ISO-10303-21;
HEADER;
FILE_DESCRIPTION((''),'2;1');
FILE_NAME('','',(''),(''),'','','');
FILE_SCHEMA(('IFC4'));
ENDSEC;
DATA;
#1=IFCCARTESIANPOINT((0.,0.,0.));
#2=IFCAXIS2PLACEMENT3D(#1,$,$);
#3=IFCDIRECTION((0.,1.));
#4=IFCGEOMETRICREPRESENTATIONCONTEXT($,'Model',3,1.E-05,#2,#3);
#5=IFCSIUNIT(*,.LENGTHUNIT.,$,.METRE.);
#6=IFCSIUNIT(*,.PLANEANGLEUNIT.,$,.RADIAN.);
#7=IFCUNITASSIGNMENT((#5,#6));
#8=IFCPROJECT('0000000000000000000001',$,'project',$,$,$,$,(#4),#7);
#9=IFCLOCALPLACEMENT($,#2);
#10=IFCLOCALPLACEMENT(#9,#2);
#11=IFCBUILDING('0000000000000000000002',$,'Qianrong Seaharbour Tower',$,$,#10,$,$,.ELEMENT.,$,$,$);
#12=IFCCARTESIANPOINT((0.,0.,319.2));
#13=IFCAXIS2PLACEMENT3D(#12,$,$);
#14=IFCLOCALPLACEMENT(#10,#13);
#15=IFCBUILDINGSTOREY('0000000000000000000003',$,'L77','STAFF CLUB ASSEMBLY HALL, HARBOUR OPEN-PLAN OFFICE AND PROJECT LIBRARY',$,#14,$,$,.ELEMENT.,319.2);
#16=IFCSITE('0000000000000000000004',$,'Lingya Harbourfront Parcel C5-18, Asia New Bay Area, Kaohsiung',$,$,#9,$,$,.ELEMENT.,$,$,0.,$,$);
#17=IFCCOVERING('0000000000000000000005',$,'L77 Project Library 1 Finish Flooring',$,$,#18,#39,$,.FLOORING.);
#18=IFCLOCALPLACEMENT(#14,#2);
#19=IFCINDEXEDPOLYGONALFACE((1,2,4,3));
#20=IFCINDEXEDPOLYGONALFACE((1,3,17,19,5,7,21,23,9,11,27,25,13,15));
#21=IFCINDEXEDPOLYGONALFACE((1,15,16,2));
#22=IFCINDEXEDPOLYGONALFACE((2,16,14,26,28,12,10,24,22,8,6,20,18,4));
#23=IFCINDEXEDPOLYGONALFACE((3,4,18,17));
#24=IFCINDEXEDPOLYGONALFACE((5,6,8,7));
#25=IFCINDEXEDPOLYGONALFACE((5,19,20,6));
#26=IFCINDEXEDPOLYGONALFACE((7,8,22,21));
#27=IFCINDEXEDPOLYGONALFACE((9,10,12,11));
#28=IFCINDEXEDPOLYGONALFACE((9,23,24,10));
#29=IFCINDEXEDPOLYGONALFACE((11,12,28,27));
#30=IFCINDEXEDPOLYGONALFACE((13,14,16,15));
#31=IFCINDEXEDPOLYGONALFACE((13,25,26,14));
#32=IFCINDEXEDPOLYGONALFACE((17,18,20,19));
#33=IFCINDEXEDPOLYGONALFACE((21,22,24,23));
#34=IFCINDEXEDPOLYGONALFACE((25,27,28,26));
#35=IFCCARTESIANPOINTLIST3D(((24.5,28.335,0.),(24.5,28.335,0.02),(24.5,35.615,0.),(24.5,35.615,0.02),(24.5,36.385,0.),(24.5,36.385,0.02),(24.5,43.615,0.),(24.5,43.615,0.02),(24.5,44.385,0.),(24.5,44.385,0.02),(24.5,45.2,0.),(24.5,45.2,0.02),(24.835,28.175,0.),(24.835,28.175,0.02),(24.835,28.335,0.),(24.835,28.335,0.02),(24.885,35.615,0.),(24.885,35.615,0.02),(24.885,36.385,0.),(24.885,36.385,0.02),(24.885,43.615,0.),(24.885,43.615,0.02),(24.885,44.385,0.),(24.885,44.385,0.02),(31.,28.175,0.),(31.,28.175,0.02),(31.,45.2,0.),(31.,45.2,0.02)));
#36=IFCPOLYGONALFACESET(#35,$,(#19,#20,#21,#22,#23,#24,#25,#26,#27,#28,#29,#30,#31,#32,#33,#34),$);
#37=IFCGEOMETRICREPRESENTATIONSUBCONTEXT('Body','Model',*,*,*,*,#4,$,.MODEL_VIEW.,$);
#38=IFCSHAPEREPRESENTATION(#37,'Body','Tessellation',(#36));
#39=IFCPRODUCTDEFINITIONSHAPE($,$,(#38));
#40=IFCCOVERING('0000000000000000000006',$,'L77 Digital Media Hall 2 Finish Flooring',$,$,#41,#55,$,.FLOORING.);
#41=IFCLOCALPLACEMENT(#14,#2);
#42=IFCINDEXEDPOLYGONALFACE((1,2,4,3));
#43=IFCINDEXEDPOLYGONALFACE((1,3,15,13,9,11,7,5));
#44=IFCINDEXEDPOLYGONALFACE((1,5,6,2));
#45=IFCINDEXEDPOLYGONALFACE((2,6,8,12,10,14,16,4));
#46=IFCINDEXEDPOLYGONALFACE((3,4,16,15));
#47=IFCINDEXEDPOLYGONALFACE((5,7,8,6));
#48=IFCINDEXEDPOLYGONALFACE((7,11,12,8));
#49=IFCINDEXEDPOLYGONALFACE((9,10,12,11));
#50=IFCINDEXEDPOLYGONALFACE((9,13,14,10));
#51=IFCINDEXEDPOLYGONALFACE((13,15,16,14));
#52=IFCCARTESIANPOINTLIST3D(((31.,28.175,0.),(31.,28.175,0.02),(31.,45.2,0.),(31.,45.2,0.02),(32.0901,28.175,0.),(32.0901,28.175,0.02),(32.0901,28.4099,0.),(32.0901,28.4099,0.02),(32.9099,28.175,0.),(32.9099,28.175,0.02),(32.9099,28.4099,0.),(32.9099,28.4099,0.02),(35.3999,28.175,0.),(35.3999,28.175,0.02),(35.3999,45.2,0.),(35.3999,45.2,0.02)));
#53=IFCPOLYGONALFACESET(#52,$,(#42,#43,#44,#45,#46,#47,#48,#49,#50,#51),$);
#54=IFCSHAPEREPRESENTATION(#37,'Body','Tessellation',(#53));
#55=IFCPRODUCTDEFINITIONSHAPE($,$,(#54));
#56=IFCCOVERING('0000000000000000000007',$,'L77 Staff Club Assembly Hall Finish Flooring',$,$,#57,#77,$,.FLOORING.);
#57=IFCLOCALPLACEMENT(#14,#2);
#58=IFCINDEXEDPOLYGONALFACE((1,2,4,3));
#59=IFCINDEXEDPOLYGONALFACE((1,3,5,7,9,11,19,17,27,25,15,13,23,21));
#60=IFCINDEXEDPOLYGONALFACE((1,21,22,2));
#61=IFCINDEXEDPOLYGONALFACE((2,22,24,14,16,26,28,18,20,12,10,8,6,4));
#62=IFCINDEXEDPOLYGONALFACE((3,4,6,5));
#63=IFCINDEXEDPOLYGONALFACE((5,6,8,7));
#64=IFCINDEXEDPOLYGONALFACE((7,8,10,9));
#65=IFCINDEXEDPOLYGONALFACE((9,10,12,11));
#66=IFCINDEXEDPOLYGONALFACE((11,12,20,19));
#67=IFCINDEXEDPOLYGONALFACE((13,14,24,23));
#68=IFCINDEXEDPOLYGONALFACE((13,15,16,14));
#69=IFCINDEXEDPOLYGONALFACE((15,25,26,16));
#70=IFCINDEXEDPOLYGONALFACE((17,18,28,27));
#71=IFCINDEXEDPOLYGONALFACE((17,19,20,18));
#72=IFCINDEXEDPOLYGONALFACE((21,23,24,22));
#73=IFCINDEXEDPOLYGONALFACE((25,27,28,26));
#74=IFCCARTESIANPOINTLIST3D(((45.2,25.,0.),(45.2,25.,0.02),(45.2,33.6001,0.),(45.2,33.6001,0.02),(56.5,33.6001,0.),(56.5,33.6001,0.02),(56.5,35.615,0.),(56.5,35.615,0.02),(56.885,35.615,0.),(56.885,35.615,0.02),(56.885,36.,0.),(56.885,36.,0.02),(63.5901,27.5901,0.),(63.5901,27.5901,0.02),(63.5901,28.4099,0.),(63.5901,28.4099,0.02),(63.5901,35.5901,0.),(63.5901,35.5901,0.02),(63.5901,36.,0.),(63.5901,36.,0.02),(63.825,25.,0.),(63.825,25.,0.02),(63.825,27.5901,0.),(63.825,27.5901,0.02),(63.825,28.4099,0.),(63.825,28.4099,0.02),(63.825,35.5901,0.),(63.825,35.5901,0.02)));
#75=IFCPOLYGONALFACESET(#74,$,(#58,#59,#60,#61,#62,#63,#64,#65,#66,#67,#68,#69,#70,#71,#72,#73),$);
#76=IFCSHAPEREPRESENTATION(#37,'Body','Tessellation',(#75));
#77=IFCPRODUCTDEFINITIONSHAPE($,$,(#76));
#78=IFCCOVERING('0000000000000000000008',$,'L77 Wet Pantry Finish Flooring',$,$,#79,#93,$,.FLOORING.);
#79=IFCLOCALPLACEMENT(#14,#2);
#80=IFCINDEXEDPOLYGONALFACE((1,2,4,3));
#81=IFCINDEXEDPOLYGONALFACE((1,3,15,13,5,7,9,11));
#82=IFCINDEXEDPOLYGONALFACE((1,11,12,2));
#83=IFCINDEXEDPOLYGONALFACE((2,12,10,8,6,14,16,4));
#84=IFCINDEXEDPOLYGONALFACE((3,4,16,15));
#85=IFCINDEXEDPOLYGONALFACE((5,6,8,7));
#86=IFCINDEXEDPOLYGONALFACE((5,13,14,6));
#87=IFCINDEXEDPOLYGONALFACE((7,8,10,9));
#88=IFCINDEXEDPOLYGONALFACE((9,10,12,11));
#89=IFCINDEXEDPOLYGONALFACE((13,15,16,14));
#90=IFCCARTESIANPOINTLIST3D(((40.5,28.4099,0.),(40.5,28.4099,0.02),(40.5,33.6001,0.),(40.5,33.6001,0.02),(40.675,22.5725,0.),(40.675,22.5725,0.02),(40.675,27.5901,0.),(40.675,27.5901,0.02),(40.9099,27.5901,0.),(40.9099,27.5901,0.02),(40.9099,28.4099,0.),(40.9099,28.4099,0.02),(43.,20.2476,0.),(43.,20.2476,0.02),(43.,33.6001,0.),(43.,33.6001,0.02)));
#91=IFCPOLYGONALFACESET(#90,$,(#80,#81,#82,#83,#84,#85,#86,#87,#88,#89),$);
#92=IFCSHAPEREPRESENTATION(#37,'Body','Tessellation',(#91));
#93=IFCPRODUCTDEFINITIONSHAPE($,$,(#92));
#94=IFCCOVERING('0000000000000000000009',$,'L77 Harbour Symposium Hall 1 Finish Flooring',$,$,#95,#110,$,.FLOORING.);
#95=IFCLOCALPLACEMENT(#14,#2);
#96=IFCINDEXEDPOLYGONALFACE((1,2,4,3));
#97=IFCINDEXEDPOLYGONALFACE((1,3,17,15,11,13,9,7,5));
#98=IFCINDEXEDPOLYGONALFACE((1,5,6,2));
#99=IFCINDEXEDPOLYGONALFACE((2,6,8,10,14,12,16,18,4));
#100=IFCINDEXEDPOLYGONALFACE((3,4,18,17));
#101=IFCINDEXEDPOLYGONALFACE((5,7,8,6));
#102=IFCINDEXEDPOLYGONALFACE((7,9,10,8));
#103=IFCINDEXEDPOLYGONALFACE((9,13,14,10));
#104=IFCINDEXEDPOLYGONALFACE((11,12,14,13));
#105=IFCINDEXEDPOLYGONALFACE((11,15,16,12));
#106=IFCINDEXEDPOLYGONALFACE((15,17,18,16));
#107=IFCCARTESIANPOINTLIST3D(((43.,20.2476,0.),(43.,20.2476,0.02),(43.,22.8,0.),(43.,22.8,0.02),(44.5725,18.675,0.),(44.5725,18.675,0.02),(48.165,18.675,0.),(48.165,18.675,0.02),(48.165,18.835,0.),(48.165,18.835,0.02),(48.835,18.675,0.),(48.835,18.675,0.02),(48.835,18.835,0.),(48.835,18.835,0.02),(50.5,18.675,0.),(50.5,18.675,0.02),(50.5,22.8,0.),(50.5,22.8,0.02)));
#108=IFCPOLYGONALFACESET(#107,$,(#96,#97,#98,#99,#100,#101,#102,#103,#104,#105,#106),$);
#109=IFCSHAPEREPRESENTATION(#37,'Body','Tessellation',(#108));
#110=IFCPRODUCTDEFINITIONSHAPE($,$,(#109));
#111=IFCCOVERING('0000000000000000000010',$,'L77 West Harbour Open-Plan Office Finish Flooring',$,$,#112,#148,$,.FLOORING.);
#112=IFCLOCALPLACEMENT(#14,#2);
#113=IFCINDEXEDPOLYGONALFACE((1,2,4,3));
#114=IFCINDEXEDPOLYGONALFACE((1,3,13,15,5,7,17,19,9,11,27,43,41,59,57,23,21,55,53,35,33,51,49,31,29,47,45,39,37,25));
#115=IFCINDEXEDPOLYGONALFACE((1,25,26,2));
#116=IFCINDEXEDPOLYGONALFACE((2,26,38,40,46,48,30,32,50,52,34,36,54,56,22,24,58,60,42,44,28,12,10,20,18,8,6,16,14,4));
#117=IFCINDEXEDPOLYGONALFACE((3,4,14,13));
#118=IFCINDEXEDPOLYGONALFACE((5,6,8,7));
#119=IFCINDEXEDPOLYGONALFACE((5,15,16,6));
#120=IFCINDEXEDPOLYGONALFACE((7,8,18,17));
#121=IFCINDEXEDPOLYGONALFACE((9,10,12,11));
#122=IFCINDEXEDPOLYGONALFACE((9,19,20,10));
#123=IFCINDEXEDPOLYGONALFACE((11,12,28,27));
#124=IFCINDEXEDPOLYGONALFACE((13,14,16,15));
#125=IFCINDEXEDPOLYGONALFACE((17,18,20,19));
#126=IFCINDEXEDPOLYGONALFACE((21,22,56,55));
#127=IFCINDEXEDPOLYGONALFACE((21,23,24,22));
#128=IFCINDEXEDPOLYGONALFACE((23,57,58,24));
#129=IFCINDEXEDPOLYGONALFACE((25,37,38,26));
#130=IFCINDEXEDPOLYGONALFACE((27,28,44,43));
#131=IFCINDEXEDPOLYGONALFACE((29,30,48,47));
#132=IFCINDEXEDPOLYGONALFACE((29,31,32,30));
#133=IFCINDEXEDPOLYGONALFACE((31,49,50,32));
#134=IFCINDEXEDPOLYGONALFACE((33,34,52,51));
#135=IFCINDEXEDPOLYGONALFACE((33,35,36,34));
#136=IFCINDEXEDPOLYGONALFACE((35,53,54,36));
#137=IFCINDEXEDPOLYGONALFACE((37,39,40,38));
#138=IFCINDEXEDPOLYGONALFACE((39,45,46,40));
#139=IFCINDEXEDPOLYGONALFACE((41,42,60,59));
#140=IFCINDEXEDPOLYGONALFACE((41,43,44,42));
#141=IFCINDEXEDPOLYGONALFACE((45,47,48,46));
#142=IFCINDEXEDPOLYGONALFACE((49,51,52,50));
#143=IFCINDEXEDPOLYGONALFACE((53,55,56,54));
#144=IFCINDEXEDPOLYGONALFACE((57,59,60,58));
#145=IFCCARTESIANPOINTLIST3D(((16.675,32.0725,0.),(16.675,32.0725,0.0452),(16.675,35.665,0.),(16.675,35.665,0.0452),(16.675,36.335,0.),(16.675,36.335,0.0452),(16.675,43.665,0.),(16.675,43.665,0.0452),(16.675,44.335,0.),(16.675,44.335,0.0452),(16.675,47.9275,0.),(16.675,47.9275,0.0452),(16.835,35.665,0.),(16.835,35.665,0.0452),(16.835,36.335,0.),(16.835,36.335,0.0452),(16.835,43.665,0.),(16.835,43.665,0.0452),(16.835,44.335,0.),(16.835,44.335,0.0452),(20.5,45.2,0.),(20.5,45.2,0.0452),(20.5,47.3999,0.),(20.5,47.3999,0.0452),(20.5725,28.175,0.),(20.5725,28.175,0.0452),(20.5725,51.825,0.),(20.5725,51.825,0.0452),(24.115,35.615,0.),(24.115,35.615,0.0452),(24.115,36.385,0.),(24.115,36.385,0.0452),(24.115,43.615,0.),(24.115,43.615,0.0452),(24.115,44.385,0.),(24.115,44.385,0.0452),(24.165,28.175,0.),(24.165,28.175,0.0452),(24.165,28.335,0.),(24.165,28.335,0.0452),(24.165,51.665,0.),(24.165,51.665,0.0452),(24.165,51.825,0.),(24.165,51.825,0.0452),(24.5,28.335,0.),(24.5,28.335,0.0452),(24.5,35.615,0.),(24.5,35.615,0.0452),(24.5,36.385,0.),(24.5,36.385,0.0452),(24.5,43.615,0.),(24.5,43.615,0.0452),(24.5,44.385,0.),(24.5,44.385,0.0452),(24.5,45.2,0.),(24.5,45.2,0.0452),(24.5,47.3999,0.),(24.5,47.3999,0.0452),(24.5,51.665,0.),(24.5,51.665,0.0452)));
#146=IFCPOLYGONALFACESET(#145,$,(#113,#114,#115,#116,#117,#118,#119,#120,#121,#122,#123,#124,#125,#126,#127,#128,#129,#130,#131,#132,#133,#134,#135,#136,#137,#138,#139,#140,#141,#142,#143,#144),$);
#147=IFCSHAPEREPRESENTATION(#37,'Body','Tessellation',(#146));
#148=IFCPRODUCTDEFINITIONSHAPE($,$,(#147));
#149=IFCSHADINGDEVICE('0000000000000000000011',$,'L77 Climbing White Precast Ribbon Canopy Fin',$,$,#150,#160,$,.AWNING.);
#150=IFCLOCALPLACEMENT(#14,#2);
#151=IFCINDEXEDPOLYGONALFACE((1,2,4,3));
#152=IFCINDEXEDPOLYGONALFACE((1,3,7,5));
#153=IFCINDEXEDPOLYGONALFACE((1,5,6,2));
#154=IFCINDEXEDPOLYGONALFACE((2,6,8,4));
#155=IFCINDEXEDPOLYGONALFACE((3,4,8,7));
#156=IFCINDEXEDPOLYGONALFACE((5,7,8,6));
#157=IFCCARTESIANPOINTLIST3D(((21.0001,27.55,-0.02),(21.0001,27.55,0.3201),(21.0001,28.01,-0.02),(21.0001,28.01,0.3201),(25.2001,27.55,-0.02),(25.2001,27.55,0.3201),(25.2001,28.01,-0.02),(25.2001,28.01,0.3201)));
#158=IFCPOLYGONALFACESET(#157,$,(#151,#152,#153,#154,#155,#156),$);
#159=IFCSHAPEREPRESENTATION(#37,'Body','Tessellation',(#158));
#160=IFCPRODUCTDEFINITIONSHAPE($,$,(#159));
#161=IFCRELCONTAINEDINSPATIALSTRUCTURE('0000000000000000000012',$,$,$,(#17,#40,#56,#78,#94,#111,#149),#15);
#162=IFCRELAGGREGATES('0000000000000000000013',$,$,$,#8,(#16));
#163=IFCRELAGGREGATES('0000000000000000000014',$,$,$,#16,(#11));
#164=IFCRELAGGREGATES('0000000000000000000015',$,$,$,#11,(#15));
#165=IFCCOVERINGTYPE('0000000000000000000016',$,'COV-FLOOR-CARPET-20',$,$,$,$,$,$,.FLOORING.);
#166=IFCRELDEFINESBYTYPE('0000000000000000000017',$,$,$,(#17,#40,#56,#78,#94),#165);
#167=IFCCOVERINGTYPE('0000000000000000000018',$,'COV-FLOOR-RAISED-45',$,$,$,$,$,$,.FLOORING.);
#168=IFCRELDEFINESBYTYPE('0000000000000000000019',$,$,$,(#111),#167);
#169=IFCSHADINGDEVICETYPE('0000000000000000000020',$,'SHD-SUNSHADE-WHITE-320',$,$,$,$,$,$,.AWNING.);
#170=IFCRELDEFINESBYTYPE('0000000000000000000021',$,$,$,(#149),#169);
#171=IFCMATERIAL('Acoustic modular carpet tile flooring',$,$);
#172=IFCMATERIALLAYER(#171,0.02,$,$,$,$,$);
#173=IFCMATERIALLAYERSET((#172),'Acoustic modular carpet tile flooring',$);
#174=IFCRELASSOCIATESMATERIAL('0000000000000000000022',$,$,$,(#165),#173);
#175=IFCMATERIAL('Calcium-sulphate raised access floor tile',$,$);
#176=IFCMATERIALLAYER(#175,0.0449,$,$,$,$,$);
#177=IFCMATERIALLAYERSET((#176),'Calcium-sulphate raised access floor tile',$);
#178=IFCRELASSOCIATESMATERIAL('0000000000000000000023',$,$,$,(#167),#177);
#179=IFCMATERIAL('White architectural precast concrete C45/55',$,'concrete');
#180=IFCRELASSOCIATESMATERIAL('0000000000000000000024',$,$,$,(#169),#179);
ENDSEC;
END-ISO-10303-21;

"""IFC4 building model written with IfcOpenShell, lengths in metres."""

from ifc_helpers import new_model, si_unit, direction, frame, origin, origin_2d, place, context, subcontext, project, spatial, polyline, rectangle, outline, extrude, material, layer, layer_set, type_object, element, save


model = new_model("IFC4")

# Units and contexts
model_context = context("Model", 3, precision=1e-05, world=origin(), true_north=direction((0.0, 1.0)))
body_context = subcontext(model_context, "Body", "Model", "MODEL_VIEW")
ifc_project = project(units=[si_unit("LENGTHUNIT", "METRE"), si_unit("PLANEANGLEUNIT", "RADIAN")], contexts=[model_context])

# Site, building, storey
site_placement = place(None, origin())
site = spatial("IfcSite", under=ifc_project, at=site_placement, Name="Lingya Harbourfront Parcel C5-18, Asia New Bay Area, Kaohsiung", CompositionType="ELEMENT", RefElevation=0.0)
building_placement = place(site_placement, origin())
building = spatial("IfcBuilding", under=site, at=building_placement, Name="Qianrong Seaharbour Tower", CompositionType="ELEMENT")
storey_placement = place(building_placement, frame((0.0, 0.0, 319.2)))
storey = spatial("IfcBuildingStorey", under=building, at=storey_placement, Name="L77", Description="STAFF CLUB ASSEMBLY HALL, HARBOUR OPEN-PLAN OFFICE AND PROJECT LIBRARY", CompositionType="ELEMENT", Elevation=319.2)

# Coverings
ifc_material_1 = material(Name="Acoustic modular carpet tile flooring")
ifc_layer_1 = layer(ifc_material_1, 0.02)
ifc_layer_set_1 = layer_set([ifc_layer_1], Name="Acoustic modular carpet tile flooring")
covering_type_1 = type_object("IfcCoveringType", Name="COV-FLOOR-CARPET-20", PredefinedType="FLOORING", material=ifc_layer_set_1)
covering_1_placement = place(storey_placement, origin())
element("IfcCovering", 1, at=covering_1_placement, inside=storey, type_object=covering_type_1, Name="L77 Project Library 1 Finish Flooring", PredefinedType="FLOORING", context=body_context, shape_type="SweptSolid", body=[
    extrude(outline(polyline([(24.835, 28.175), (24.835, 28.335), (24.5, 28.335), (24.5, 35.615), (24.885, 35.615), (24.885, 36.385), (24.5, 36.385), (24.5, 43.615), (24.885, 43.615), (24.885, 44.385), (24.5, 44.385), (24.5, 45.2), (31.0, 45.2), (31.0, 28.175), (24.835, 28.175)])), origin(), (0.0, 0.0, 1.0), 0.02),
])
covering_2_placement = place(storey_placement, origin())
element("IfcCovering", 2, at=covering_2_placement, inside=storey, type_object=covering_type_1, Name="L77 Digital Media Hall 2 Finish Flooring", PredefinedType="FLOORING", context=body_context, shape_type="SweptSolid", body=[
    extrude(outline(polyline([(32.9099, 28.175), (32.9099, 28.4099), (32.0901, 28.4099), (32.0901, 28.175), (31.0, 28.175), (31.0, 45.2), (35.3999, 45.2), (35.3999, 28.175), (32.9099, 28.175)])), origin(), (0.0, 0.0, 1.0), 0.02),
])
covering_3_placement = place(storey_placement, origin())
element("IfcCovering", 3, at=covering_3_placement, inside=storey, type_object=covering_type_1, Name="L77 Staff Club Assembly Hall Finish Flooring", PredefinedType="FLOORING", context=body_context, shape_type="SweptSolid", body=[
    extrude(outline(polyline([(56.5, 33.6001), (56.5, 35.615), (56.885, 35.615), (56.885, 36.0), (63.5901, 36.0), (63.5901, 35.5901), (63.825, 35.5901), (63.825, 28.4099), (63.5901, 28.4099), (63.5901, 27.5901), (63.825, 27.5901), (63.825, 25.0), (45.2, 25.0), (45.2, 33.6001), (56.5, 33.6001)])), origin(), (0.0, 0.0, 1.0), 0.02),
])
covering_4_placement = place(storey_placement, origin())
element("IfcCovering", 4, at=covering_4_placement, inside=storey, type_object=covering_type_1, Name="L77 Wet Pantry Finish Flooring", PredefinedType="FLOORING", context=body_context, shape_type="SweptSolid", body=[
    extrude(outline(polyline([(43.0, 20.2476), (40.675, 22.5725), (40.675, 27.5901), (40.9099, 27.5901), (40.9099, 28.4099), (40.5, 28.4099), (40.5, 33.6001), (43.0, 33.6001), (43.0, 20.2476)])), origin(), (0.0, 0.0, 1.0), 0.02),
])
covering_5_placement = place(storey_placement, origin())
element("IfcCovering", 5, at=covering_5_placement, inside=storey, type_object=covering_type_1, Name="L77 Harbour Symposium Hall 1 Finish Flooring", PredefinedType="FLOORING", context=body_context, shape_type="SweptSolid", body=[
    extrude(outline(polyline([(50.5, 18.675), (48.835, 18.675), (48.835, 18.835), (48.165, 18.835), (48.165, 18.675), (44.5725, 18.675), (43.0, 20.2476), (43.0, 22.8), (50.5, 22.8), (50.5, 18.675)])), origin(), (0.0, 0.0, 1.0), 0.02),
])
ifc_material_2 = material(Name="Calcium-sulphate raised access floor tile")
ifc_layer_2 = layer(ifc_material_2, 0.0449)
ifc_layer_set_2 = layer_set([ifc_layer_2], Name="Calcium-sulphate raised access floor tile")
covering_type_2 = type_object("IfcCoveringType", Name="COV-FLOOR-RAISED-45", PredefinedType="FLOORING", material=ifc_layer_set_2)
covering_6_placement = place(storey_placement, origin())
element("IfcCovering", 6, at=covering_6_placement, inside=storey, type_object=covering_type_2, Name="L77 West Harbour Open-Plan Office Finish Flooring", PredefinedType="FLOORING", context=body_context, shape_type="SweptSolid", body=[
    extrude(outline(polyline([(16.675, 32.0725), (16.675, 35.665), (16.835, 35.665), (16.835, 36.335), (16.675, 36.335), (16.675, 43.665), (16.835, 43.665), (16.835, 44.335), (16.675, 44.335), (16.675, 47.9275), (20.5725, 51.825), (24.165, 51.825), (24.165, 51.665), (24.5, 51.665), (24.5, 47.3999), (20.5, 47.3999), (20.5, 45.2), (24.5, 45.2), (24.5, 44.385), (24.115, 44.385), (24.115, 43.615), (24.5, 43.615), (24.5, 36.385), (24.115, 36.385), (24.115, 35.615), (24.5, 35.615), (24.5, 28.335), (24.165, 28.335), (24.165, 28.175), (20.5725, 28.175), (16.675, 32.0725)])), origin(), (0.0, 0.0, 1.0), 0.0452),
])

# Shading device
ifc_material_3 = material(Name="White architectural precast concrete C45/55", Category="concrete")
shading_device_type = type_object("IfcShadingDeviceType", Name="SHD-SUNSHADE-WHITE-320", PredefinedType="AWNING", material=ifc_material_3)
shading_device_placement = place(storey_placement, frame((23.1001, 27.78, -0.02), z_axis=(0.0, 0.0, 1.0), x_axis=(1.0, 0.0, 0.0)))
element("IfcShadingDevice", 7, at=shading_device_placement, inside=storey, type_object=shading_device_type, Name="L77 Climbing White Precast Ribbon Canopy Fin", PredefinedType="AWNING", context=body_context, shape_type="SweptSolid", body=[
    extrude(rectangle(XDim=4.2, YDim=0.46, at=origin_2d()), origin(), (0.0, 0.0, 1.0), 0.3401),
])

save(model, "model.ifc")
